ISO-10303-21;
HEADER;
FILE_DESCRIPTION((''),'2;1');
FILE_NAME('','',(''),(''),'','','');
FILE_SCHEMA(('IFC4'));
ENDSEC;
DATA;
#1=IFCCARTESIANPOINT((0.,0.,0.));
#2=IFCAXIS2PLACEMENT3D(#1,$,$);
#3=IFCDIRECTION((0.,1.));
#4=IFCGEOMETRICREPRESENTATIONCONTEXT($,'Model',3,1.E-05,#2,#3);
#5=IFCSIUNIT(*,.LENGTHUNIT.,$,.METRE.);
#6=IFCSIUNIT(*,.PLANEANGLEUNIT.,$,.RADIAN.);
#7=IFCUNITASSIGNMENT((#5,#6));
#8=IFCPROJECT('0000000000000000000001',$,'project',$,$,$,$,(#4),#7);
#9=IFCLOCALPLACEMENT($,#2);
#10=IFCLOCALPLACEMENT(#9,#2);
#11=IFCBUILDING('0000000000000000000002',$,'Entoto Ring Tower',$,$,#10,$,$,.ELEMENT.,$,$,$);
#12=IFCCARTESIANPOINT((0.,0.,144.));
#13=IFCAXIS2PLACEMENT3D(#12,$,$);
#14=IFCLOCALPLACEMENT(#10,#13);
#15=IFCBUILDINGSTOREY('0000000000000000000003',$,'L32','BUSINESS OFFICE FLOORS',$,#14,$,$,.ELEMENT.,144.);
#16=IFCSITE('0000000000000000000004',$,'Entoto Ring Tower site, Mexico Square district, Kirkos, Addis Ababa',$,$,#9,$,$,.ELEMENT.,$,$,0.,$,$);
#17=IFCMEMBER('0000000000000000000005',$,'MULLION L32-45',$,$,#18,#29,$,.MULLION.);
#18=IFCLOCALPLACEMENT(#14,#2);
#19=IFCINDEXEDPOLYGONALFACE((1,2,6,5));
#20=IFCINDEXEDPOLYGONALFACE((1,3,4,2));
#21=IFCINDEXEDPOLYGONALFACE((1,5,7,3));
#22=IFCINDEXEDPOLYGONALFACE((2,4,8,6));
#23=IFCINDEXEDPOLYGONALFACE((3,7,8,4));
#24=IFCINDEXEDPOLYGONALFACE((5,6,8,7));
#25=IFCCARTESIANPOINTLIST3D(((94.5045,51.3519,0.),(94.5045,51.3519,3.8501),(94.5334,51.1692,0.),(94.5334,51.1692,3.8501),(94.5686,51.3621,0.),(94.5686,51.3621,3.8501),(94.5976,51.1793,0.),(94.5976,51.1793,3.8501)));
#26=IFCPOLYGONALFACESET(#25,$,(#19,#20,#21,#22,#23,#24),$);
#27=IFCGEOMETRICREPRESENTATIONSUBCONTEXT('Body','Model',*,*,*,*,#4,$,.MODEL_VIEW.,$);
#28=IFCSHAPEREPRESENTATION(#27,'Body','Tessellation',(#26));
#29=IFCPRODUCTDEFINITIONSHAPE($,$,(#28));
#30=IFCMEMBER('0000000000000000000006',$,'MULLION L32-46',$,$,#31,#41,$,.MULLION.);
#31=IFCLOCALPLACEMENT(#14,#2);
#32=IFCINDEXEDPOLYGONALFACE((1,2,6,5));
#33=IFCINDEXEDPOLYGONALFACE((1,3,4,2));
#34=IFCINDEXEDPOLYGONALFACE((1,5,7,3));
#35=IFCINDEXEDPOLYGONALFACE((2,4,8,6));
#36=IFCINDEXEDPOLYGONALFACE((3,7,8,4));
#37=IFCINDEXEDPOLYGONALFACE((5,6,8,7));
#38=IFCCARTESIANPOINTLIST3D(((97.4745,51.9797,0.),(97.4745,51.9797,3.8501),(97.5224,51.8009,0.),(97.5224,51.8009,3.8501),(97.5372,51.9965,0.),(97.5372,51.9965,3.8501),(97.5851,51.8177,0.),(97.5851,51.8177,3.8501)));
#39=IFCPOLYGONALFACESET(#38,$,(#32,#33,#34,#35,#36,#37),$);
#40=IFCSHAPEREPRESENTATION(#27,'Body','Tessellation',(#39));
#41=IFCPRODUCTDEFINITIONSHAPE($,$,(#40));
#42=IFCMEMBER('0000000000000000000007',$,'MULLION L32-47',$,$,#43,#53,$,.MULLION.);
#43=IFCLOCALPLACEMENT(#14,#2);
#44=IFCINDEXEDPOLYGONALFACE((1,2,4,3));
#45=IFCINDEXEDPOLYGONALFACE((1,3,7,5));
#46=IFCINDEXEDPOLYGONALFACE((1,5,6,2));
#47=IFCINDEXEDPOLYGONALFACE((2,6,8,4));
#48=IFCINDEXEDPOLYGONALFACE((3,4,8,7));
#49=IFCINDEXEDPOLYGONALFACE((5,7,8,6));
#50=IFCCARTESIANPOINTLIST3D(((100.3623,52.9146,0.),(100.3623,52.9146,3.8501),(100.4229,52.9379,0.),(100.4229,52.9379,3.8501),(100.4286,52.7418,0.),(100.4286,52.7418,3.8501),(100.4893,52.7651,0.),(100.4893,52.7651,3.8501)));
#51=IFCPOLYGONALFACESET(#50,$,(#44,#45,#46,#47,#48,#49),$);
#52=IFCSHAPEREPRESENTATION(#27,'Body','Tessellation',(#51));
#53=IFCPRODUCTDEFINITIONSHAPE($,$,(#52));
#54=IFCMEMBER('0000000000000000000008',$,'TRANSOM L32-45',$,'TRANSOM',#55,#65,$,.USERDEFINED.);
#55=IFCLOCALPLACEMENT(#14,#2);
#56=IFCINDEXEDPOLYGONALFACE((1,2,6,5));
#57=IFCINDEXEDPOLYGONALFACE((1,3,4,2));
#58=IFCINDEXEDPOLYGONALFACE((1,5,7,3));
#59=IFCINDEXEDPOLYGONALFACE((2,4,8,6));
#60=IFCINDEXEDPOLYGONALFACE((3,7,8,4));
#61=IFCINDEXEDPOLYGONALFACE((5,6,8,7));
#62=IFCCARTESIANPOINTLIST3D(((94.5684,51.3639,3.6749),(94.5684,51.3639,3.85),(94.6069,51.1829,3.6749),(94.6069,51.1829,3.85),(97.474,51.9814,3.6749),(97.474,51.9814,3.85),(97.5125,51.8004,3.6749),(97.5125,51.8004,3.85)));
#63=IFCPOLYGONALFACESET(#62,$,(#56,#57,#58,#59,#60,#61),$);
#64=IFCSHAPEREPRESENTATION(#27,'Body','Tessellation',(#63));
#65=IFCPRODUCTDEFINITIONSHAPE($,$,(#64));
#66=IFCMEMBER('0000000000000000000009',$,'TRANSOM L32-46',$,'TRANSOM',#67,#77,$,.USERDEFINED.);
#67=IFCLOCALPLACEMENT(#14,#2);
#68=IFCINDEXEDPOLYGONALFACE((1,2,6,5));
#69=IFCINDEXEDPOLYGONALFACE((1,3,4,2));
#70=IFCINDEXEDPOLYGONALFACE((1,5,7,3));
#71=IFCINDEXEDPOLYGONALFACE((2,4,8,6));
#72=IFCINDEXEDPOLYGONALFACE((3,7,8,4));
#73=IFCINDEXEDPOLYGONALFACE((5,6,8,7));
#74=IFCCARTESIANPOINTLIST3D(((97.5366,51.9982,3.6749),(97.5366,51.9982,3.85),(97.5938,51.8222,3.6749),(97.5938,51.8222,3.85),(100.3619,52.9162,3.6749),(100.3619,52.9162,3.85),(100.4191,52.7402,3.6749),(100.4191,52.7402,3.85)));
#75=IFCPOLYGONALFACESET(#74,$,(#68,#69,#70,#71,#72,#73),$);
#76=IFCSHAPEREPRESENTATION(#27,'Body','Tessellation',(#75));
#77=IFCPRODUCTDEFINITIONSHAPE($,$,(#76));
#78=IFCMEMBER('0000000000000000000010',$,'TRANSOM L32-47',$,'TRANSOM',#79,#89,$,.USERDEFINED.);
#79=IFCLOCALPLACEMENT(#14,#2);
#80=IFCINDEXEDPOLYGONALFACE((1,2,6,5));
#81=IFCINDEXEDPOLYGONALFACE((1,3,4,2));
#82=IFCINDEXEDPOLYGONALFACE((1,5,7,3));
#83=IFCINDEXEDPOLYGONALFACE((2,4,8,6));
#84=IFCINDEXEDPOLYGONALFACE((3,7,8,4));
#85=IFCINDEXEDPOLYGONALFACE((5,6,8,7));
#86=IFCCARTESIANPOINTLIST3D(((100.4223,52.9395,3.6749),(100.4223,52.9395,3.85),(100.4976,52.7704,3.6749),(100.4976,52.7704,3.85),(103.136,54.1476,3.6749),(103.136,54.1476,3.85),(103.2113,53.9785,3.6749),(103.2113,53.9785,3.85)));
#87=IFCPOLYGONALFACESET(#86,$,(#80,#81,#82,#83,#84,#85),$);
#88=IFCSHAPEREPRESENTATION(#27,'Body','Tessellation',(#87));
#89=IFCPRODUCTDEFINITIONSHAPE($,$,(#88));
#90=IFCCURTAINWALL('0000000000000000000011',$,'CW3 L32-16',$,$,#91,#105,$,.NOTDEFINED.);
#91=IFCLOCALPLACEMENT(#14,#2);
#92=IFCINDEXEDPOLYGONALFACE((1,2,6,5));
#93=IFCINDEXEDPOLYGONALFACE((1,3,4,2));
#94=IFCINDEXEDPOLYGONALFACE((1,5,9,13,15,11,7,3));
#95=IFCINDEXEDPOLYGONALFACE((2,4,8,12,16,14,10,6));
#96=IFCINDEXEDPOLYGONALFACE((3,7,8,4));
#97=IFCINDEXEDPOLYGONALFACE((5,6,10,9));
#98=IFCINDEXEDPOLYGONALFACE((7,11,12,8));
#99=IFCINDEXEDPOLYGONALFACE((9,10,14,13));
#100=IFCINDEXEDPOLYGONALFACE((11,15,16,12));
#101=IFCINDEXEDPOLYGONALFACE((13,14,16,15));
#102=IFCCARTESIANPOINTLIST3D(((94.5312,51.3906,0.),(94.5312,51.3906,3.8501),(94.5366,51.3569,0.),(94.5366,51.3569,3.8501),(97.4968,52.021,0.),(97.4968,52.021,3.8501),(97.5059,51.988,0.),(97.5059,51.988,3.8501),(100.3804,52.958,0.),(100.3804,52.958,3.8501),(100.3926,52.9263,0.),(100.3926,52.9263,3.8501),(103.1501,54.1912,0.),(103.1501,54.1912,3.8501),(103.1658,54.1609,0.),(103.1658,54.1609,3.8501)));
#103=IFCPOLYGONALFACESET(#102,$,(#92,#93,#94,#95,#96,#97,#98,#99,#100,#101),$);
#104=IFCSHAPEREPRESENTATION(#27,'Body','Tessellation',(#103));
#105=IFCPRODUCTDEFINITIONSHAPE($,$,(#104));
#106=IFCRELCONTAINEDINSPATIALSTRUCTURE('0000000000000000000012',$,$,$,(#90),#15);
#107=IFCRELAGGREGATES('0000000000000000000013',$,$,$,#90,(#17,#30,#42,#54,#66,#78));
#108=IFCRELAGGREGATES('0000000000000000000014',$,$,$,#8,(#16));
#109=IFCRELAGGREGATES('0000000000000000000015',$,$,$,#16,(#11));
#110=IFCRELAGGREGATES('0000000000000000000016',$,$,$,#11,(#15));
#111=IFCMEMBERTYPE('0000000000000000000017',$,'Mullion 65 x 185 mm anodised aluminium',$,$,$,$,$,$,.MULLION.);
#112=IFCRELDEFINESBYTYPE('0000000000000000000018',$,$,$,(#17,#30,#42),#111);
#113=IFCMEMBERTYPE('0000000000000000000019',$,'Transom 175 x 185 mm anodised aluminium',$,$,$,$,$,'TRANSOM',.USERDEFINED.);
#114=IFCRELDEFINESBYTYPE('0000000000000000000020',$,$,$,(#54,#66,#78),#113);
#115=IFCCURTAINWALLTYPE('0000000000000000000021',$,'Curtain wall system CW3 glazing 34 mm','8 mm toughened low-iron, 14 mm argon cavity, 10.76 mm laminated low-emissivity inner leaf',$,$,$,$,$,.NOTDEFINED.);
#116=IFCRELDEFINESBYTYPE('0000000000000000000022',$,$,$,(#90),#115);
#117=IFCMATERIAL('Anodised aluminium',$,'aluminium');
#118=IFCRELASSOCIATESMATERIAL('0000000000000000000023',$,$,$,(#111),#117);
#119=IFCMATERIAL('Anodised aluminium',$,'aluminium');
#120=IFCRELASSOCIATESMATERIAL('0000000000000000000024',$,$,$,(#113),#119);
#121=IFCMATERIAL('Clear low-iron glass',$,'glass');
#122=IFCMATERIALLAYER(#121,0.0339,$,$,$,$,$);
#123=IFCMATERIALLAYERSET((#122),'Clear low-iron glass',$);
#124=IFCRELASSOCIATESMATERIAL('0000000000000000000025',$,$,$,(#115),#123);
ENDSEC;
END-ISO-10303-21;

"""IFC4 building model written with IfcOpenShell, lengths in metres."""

from ifc_helpers import new_model, si_unit, direction, frame, origin, origin_2d, place, context, subcontext, project, spatial, polyline, rectangle, outline, extrude, material, layer, layer_set, material_profile, profile_set, type_object, element, aggregate, save


model = new_model("IFC4")

# Units and contexts
model_context = context("Model", 3, precision=1e-05, world=origin(), true_north=direction((0.0, 1.0)))
body_context = subcontext(model_context, "Body", "Model", "MODEL_VIEW")
ifc_project = project(units=[si_unit("LENGTHUNIT", "METRE"), si_unit("PLANEANGLEUNIT", "RADIAN")], contexts=[model_context])

# Members
ifc_material_1 = material(Name="Anodised aluminium", Category="aluminium")
ifc_material_profile_1 = material_profile(ifc_material_1, rectangle(XDim=0.0649, YDim=0.1851, at=origin_2d()), Name="Mullion 65 x 185 mm anodised aluminium")
ifc_profile_set_1 = profile_set([ifc_material_profile_1], Name="Anodised aluminium")
member_type_1 = type_object("IfcMemberType", Name="Mullion 65 x 185 mm anodised aluminium", PredefinedType="MULLION", material=ifc_profile_set_1)
site_placement = place(None, origin())
building_placement = place(site_placement, origin())
storey_placement = place(building_placement, frame((0.0, 0.0, 144.0)))
member_1_placement = place(storey_placement, frame((94.551, 51.2656, 0.0), z_axis=(0.0, 0.0, 1.0), x_axis=(0.987688, 0.156434, 0.0)))
member_1 = element("IfcMember", 1, at=member_1_placement, type_object=member_type_1, Name="MULLION L32-45", PredefinedType="MULLION", context=body_context, shape_type="SweptSolid", body=[
    extrude(rectangle(XDim=0.0649, YDim=0.1851, at=origin_2d()), origin(), (0.0, 0.0, 1.0), 3.8501),
])
member_2_placement = place(storey_placement, frame((97.5298, 51.8987, 0.0), z_axis=(0.0, 0.0, 1.0), x_axis=(0.965926, 0.258819, 0.0)))
member_2 = element("IfcMember", 2, at=member_2_placement, type_object=member_type_1, Name="MULLION L32-46", PredefinedType="MULLION", context=body_context, shape_type="SweptSolid", body=[
    extrude(rectangle(XDim=0.0649, YDim=0.1851, at=origin_2d()), origin(), (0.0, 0.0, 1.0), 3.8501),
])
member_3_placement = place(storey_placement, frame((100.4258, 52.8398, 0.0), z_axis=(0.0, 0.0, 1.0), x_axis=(0.93358, 0.358368, 0.0)))
member_3 = element("IfcMember", 3, at=member_3_placement, type_object=member_type_1, Name="MULLION L32-47", PredefinedType="MULLION", context=body_context, shape_type="SweptSolid", body=[
    extrude(rectangle(XDim=0.0649, YDim=0.1851, at=origin_2d()), origin(), (0.0, 0.0, 1.0), 3.8501),
])
ifc_material_2 = material(Name="Anodised aluminium", Category="aluminium")
ifc_material_profile_2 = material_profile(ifc_material_2, rectangle(XDim=0.1851, YDim=0.175, at=origin_2d()), Name="Transom 175 x 185 mm anodised aluminium")
ifc_profile_set_2 = profile_set([ifc_material_profile_2], Name="Anodised aluminium")
member_type_2 = type_object("IfcMemberType", Name="Transom 175 x 185 mm anodised aluminium", ElementType="TRANSOM", PredefinedType="USERDEFINED", material=ifc_profile_set_2)
member_4_placement = place(storey_placement, frame((94.5876, 51.2734, 3.7625), z_axis=(0.978158, 0.207862, 0.0), x_axis=(-0.207862, 0.978158, 0.0)))
member_4 = element("IfcMember", 4, at=member_4_placement, type_object=member_type_2, Name="TRANSOM L32-45", ObjectType="TRANSOM", PredefinedType="USERDEFINED", context=body_context, shape_type="SweptSolid", body=[
    extrude(rectangle(XDim=0.1851, YDim=0.175, at=origin_2d()), origin(), (0.0, 0.0, 1.0), 2.9705),
])
member_5_placement = place(storey_placement, frame((97.5652, 51.9102, 3.7625), z_axis=(0.951056, 0.309019, 0.0), x_axis=(-0.309019, 0.951056, 0.0)))
member_5 = element("IfcMember", 5, at=member_5_placement, type_object=member_type_2, Name="TRANSOM L32-46", ObjectType="TRANSOM", PredefinedType="USERDEFINED", context=body_context, shape_type="SweptSolid", body=[
    extrude(rectangle(XDim=0.1851, YDim=0.175, at=origin_2d()), origin(), (0.0, 0.0, 1.0), 2.9707),
])
member_6_placement = place(storey_placement, frame((100.46, 52.855, 3.7625), z_axis=(0.913567, 0.406687, 0.0), x_axis=(-0.406687, 0.913567, 0.0)))
member_6 = element("IfcMember", 6, at=member_6_placement, type_object=member_type_2, Name="TRANSOM L32-47", ObjectType="TRANSOM", PredefinedType="USERDEFINED", context=body_context, shape_type="SweptSolid", body=[
    extrude(rectangle(XDim=0.1851, YDim=0.175, at=origin_2d()), origin(), (0.0, 0.0, 1.0), 2.9705),
])

# Site, building, storey
site = spatial("IfcSite", under=ifc_project, at=site_placement, Name="Entoto Ring Tower site, Mexico Square district, Kirkos, Addis Ababa", CompositionType="ELEMENT", RefElevation=0.0)
building = spatial("IfcBuilding", under=site, at=building_placement, Name="Entoto Ring Tower", CompositionType="ELEMENT")
storey = spatial("IfcBuildingStorey", under=building, at=storey_placement, Name="L32", Description="BUSINESS OFFICE FLOORS", CompositionType="ELEMENT", Elevation=144.0)

# Curtain wall
ifc_material_3 = material(Name="Clear low-iron glass", Category="glass")
ifc_layer = layer(ifc_material_3, 0.0339)
ifc_layer_set = layer_set([ifc_layer], Name="Clear low-iron glass")
curtain_wall_type = type_object("IfcCurtainWallType", Name="Curtain wall system CW3 glazing 34 mm", Description="8 mm toughened low-iron, 14 mm argon cavity, 10.76 mm laminated low-emissivity inner leaf", PredefinedType="NOTDEFINED", material=ifc_layer_set)
curtain_wall_1_placement = place(storey_placement, origin())
curtain_wall_1 = element("IfcCurtainWall", 7, at=curtain_wall_1_placement, inside=storey, type_object=curtain_wall_type, Name="CW3 L32-16", PredefinedType="NOTDEFINED", context=body_context, shape_type="SweptSolid", body=[
    extrude(outline(polyline([(94.5366, 51.3569), (97.5059, 51.988), (100.3926, 52.9263), (103.1658, 54.1609), (103.1501, 54.1912), (100.3804, 52.958), (97.4968, 52.021), (94.5312, 51.3906), (94.5366, 51.3569)])), origin(), (0.0, 0.0, 1.0), 3.8501),
])
aggregate(curtain_wall_1, [member_1, member_2, member_3, member_4, member_5, member_6])

save(model, "model.ifc")
